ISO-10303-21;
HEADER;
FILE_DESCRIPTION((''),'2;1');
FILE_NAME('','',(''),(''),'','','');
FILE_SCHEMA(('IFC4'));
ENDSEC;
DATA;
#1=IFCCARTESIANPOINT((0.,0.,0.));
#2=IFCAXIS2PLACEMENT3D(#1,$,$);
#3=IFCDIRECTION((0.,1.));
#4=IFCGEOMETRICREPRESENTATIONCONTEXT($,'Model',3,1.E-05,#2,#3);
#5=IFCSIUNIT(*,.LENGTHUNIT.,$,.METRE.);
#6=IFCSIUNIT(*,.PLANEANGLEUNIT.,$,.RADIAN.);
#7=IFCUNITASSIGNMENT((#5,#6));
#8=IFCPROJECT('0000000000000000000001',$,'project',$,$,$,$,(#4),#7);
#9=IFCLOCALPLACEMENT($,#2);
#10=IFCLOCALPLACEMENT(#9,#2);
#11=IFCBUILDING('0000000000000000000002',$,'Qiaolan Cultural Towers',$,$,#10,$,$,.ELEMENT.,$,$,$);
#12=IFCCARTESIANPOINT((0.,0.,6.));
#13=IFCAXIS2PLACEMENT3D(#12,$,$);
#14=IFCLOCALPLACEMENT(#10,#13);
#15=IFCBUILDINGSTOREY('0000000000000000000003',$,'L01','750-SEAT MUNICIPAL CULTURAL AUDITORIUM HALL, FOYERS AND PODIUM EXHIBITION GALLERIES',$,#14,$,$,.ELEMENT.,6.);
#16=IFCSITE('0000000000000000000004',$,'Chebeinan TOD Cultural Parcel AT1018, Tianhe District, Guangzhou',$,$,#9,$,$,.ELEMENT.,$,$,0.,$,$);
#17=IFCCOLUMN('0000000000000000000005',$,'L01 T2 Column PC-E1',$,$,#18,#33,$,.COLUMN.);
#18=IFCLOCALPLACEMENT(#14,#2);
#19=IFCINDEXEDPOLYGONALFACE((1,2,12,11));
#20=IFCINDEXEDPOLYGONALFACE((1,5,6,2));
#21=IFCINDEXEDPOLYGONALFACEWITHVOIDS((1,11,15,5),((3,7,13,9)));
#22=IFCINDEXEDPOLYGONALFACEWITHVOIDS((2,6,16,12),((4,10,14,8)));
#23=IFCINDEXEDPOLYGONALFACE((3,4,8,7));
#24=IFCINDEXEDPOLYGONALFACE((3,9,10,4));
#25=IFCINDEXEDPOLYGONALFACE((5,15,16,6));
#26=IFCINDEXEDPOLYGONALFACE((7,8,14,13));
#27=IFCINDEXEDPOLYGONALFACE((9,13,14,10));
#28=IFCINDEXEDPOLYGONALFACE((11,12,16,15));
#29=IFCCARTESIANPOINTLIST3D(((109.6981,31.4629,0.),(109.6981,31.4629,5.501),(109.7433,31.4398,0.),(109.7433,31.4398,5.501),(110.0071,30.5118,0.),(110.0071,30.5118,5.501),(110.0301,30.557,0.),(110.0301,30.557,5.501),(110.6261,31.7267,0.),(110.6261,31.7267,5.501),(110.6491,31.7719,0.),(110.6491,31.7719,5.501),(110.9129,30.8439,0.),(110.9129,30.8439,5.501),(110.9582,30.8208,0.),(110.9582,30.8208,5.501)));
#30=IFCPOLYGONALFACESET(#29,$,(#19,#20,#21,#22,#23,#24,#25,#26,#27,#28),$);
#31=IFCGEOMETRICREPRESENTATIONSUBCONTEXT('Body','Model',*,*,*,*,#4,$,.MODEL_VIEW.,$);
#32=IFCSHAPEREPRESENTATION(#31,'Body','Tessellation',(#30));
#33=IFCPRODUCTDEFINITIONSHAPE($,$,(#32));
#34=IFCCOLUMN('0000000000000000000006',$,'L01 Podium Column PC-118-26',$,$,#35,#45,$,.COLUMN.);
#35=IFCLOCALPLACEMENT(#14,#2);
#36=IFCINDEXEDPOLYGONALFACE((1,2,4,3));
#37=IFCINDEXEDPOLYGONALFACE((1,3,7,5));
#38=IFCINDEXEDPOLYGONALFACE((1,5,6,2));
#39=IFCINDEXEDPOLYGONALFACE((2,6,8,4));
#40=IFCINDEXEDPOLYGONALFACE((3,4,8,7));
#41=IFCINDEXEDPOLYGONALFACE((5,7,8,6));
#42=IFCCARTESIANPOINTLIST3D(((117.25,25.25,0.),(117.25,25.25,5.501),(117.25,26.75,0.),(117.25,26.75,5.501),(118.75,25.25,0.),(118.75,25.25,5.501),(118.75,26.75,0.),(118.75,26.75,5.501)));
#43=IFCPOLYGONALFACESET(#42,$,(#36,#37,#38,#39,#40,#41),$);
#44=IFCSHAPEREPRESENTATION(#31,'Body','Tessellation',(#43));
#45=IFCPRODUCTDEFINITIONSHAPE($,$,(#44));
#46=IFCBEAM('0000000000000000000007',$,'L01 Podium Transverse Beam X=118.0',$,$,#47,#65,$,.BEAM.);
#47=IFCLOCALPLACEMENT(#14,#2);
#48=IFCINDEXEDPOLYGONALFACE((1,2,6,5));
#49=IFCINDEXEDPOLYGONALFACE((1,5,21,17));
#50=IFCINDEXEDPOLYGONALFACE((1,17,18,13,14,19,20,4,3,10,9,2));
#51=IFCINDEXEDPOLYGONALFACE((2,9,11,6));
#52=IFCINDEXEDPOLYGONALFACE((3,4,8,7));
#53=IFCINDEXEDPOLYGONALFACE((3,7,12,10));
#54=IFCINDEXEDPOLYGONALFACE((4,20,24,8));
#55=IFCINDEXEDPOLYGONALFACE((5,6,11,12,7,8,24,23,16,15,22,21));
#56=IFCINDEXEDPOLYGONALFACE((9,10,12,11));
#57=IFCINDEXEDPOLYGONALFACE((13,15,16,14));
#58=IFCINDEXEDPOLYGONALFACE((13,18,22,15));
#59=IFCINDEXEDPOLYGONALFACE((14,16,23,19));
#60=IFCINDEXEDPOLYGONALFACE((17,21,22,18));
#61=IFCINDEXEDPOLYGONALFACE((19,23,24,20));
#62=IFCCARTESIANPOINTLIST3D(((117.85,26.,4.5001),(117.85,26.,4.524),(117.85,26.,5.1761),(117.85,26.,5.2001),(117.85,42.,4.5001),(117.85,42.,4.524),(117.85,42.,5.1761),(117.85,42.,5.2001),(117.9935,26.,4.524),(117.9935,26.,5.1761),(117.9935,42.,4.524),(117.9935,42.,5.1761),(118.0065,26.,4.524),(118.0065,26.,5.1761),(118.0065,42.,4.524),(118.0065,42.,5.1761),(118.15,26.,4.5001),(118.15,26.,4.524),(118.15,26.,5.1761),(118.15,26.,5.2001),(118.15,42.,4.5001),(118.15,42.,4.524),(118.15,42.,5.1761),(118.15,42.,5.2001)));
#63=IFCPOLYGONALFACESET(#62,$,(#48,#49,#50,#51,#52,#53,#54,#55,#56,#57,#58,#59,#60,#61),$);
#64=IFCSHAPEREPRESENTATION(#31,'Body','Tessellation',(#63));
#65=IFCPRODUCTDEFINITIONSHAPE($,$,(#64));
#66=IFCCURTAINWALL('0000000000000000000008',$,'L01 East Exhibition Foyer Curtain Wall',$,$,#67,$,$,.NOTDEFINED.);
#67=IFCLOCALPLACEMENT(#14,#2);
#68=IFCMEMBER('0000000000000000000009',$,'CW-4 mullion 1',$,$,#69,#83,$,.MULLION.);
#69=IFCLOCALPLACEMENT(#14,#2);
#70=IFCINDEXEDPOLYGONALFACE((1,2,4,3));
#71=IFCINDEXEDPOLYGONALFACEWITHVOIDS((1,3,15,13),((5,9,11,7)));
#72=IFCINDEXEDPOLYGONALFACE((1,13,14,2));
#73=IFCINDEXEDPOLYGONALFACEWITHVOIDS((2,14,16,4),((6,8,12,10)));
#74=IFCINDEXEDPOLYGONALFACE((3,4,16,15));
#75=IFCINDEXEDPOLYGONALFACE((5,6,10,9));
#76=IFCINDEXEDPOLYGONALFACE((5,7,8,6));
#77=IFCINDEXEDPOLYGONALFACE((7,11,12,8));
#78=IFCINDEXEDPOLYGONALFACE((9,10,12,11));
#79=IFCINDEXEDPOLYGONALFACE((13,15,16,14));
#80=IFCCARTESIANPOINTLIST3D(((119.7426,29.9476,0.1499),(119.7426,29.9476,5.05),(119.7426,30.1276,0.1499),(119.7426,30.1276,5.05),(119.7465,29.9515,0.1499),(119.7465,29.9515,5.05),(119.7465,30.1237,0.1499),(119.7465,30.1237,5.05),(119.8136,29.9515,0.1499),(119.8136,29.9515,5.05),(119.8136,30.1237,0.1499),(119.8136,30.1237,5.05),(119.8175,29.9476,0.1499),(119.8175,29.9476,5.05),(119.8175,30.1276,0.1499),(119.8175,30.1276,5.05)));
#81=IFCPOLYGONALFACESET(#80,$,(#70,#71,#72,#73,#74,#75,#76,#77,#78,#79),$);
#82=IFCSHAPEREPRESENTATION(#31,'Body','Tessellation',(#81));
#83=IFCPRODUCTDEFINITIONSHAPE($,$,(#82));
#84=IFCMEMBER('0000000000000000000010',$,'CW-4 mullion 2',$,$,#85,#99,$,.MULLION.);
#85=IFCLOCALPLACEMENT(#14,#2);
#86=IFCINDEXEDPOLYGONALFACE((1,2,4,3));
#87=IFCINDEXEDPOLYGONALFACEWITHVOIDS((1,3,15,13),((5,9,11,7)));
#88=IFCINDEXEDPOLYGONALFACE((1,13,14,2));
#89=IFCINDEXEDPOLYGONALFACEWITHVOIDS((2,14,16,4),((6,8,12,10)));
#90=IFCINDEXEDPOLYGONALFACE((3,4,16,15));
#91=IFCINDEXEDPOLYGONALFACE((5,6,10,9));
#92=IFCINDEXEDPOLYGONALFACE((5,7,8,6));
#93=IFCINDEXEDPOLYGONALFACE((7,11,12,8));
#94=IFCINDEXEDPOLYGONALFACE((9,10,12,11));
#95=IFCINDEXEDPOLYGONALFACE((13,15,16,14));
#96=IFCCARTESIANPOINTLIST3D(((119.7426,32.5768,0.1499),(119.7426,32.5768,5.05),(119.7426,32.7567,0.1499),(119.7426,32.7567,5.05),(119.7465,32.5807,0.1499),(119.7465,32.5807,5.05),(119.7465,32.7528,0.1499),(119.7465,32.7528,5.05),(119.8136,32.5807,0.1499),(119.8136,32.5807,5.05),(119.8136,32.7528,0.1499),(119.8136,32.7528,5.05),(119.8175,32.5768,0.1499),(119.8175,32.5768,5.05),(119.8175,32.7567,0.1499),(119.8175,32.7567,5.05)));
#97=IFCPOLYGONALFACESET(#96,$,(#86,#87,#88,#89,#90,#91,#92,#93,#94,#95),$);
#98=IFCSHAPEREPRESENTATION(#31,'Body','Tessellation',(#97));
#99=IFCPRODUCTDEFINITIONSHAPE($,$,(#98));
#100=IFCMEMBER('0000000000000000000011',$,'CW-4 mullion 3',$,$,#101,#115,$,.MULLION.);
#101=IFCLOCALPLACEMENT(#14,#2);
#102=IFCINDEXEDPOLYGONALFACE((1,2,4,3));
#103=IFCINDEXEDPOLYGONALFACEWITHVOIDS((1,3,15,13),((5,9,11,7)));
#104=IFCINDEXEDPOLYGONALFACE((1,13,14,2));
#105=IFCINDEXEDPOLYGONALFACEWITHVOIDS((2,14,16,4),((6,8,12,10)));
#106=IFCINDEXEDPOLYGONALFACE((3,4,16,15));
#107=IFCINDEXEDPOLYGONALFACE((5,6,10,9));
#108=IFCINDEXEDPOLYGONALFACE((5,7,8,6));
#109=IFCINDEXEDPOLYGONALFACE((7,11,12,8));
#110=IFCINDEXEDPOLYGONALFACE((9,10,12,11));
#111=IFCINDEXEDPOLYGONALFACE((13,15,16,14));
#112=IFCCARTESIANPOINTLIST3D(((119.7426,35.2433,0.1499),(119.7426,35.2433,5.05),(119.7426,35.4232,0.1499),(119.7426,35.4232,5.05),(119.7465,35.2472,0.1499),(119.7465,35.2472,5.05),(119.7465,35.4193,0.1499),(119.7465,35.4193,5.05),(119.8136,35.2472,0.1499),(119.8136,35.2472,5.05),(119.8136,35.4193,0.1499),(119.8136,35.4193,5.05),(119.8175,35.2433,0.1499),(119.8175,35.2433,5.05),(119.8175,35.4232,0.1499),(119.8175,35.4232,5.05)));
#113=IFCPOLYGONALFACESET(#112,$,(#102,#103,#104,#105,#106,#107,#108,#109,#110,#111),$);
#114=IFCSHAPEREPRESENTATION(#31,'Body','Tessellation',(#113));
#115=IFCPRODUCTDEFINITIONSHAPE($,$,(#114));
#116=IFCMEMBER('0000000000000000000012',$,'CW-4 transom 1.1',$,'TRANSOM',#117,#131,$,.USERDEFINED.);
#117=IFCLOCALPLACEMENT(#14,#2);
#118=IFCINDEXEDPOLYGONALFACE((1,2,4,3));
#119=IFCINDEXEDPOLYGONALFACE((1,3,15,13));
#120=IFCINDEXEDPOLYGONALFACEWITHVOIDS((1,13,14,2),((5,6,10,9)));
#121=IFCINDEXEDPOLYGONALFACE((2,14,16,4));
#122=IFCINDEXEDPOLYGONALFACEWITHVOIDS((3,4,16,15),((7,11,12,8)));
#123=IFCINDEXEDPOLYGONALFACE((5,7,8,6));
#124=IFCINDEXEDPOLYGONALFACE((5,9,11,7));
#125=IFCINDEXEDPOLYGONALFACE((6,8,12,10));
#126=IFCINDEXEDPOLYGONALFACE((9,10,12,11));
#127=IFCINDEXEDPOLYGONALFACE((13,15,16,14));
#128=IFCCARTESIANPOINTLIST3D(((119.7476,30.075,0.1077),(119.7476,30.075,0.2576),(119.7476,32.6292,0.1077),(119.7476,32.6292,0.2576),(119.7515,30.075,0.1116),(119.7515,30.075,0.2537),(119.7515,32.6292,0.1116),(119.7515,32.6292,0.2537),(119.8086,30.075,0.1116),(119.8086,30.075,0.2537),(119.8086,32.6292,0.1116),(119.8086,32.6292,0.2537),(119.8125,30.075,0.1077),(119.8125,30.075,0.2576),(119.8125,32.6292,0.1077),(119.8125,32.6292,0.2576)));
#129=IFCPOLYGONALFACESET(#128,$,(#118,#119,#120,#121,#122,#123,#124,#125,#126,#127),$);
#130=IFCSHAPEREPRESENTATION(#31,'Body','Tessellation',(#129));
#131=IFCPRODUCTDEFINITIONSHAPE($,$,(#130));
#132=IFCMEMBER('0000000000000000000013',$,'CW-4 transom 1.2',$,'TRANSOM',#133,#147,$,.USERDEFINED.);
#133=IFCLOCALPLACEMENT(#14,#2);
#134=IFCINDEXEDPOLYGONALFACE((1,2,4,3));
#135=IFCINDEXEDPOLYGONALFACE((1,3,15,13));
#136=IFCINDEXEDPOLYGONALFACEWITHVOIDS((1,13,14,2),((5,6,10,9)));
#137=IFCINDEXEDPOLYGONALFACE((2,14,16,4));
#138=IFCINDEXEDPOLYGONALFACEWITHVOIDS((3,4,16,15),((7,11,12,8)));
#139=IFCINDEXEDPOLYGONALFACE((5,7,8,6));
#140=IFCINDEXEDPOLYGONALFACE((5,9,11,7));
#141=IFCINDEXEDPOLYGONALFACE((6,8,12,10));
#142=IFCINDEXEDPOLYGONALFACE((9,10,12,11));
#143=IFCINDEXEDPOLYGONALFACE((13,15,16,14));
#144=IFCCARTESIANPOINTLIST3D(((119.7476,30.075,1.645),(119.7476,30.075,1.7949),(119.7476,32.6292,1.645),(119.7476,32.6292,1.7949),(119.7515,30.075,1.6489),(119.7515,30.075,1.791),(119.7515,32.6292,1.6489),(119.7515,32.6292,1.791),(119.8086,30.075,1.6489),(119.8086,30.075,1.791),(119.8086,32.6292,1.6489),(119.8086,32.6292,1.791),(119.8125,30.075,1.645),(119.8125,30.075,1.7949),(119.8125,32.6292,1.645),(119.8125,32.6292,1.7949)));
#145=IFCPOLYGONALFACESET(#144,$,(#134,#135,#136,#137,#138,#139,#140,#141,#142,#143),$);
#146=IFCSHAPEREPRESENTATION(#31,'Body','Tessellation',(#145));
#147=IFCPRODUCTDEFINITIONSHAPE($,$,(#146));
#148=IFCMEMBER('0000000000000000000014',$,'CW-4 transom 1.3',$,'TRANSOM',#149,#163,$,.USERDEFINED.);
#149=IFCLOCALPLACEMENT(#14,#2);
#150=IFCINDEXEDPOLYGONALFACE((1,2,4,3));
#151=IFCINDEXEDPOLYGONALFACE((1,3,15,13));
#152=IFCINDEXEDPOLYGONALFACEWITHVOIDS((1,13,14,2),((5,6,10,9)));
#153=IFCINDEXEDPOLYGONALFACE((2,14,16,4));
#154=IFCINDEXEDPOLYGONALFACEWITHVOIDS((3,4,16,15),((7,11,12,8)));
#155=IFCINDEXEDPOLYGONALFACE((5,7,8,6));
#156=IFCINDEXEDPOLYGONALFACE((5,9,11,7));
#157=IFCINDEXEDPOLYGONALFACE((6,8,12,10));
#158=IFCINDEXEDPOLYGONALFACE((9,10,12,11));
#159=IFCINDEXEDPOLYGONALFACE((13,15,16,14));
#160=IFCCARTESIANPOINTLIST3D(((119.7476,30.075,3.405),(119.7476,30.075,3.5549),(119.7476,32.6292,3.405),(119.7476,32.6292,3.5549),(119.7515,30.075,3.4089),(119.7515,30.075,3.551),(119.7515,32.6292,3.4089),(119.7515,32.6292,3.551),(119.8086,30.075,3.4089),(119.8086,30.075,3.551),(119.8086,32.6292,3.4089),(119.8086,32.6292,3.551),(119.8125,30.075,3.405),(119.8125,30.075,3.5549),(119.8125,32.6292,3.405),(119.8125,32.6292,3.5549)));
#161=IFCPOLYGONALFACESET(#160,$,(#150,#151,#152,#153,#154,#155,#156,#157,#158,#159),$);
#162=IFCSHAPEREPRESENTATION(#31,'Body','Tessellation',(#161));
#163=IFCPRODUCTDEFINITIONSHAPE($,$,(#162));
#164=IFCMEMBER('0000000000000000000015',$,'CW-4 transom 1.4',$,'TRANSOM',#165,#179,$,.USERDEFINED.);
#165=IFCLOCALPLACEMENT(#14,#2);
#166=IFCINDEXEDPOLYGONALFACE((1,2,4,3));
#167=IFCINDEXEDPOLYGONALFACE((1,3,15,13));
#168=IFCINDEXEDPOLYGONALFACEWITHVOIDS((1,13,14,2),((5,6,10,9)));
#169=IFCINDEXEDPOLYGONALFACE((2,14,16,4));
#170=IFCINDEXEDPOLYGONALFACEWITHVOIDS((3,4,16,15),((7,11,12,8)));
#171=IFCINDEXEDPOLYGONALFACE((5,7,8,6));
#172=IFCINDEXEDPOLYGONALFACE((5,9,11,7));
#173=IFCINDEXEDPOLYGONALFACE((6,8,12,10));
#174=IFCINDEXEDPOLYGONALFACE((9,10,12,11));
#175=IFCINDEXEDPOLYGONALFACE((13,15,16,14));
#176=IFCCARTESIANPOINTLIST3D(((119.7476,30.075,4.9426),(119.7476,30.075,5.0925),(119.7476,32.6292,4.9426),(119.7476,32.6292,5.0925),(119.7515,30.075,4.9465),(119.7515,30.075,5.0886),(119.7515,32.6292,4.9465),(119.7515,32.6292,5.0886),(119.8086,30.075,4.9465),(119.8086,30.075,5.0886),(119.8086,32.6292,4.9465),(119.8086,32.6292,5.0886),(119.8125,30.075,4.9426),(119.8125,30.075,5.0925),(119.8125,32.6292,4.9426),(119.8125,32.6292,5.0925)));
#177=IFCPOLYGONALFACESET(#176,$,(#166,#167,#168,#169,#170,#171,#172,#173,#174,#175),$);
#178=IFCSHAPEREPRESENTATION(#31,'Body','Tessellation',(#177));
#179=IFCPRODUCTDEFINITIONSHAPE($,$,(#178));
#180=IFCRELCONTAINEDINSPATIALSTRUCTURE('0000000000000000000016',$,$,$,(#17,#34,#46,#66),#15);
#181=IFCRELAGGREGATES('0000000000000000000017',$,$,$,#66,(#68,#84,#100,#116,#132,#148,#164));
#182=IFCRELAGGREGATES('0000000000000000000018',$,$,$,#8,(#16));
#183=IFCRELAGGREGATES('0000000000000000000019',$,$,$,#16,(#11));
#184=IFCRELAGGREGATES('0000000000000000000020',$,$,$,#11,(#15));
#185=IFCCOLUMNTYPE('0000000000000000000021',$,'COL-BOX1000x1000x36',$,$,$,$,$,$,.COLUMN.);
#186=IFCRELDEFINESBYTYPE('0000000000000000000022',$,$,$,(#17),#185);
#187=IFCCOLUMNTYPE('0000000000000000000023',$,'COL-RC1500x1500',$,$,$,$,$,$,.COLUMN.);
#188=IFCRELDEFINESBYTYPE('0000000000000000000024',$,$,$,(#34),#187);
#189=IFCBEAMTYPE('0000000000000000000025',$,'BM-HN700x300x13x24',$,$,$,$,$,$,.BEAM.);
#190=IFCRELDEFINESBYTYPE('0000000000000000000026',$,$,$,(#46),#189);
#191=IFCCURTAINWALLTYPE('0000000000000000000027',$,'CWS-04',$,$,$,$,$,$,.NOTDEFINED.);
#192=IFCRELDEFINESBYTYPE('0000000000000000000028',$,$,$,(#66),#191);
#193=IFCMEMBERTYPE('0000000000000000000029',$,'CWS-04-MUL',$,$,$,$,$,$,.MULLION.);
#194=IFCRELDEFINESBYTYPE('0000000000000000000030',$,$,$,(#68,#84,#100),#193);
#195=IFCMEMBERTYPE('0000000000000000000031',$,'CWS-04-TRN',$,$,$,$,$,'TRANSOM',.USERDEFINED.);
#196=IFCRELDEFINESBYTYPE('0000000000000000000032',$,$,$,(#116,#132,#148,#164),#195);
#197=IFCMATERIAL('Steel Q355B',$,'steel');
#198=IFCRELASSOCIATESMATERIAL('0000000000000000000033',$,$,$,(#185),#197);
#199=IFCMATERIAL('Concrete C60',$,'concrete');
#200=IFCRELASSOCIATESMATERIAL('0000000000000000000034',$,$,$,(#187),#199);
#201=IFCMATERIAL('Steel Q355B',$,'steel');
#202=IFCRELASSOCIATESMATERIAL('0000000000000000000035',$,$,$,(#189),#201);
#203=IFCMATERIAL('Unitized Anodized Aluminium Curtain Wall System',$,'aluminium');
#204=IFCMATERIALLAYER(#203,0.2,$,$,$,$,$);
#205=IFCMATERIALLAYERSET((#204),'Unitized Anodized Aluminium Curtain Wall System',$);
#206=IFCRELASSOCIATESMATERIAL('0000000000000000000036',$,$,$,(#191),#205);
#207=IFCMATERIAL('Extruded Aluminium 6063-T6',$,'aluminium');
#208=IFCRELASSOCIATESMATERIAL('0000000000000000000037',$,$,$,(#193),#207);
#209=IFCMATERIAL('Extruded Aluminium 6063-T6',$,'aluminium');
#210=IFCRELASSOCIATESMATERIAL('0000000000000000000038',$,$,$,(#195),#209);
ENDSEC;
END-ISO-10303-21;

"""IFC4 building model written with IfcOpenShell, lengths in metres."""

from ifc_helpers import new_model, si_unit, direction, frame, origin, origin_2d, place, context, subcontext, project, spatial, rectangle, hollow_rectangle, i_section, extrude, material, layer, layer_set, material_profile, profile_set, type_object, element, aggregate, save


model = new_model("IFC4")

# Units and contexts
model_context = context("Model", 3, precision=1e-05, world=origin(), true_north=direction((0.0, 1.0)))
body_context = subcontext(model_context, "Body", "Model", "MODEL_VIEW")
ifc_project = project(units=[si_unit("LENGTHUNIT", "METRE"), si_unit("PLANEANGLEUNIT", "RADIAN")], contexts=[model_context])

# Site, building, storey
site_placement = place(None, origin())
site = spatial("IfcSite", under=ifc_project, at=site_placement, Name="Chebeinan TOD Cultural Parcel AT1018, Tianhe District, Guangzhou", CompositionType="ELEMENT", RefElevation=0.0)
building_placement = place(site_placement, origin())
building = spatial("IfcBuilding", under=site, at=building_placement, Name="Qiaolan Cultural Towers", CompositionType="ELEMENT")
storey_placement = place(building_placement, frame((0.0, 0.0, 6.0)))
storey = spatial("IfcBuildingStorey", under=building, at=storey_placement, Name="L01", Description="750-SEAT MUNICIPAL CULTURAL AUDITORIUM HALL, FOYERS AND PODIUM EXHIBITION GALLERIES", CompositionType="ELEMENT", Elevation=6.0)

# Columns
ifc_material_1 = material(Name="Steel Q355B", Category="steel")
ifc_material_profile_1 = material_profile(ifc_material_1, hollow_rectangle(XDim=1.0, YDim=1.0, WallThickness=0.0359, at=origin_2d()), Name="BOX1000x1000x36")
ifc_profile_set_1 = profile_set([ifc_material_profile_1], Name="Steel Q355B")
column_type_1 = type_object("IfcColumnType", Name="COL-BOX1000x1000x36", PredefinedType="COLUMN", material=ifc_profile_set_1)
column_1_placement = place(storey_placement, frame((110.3281, 31.1418, 0.0), z_axis=(0.0, 0.0, 1.0), x_axis=(0.951057, 0.309017, 0.0)))
element("IfcColumn", 1, at=column_1_placement, inside=storey, type_object=column_type_1, Name="L01 T2 Column PC-E1", PredefinedType="COLUMN", context=body_context, shape_type="SweptSolid", body=[
    extrude(hollow_rectangle(XDim=1.0, YDim=1.0, WallThickness=0.0359, at=origin_2d()), origin(), (0.0, 0.0, 1.0), 5.501),
])
ifc_material_2 = material(Name="Concrete C60", Category="concrete")
ifc_material_profile_2 = material_profile(ifc_material_2, rectangle(XDim=1.5, YDim=1.5, at=origin_2d()), Name="RC1500x1500")
ifc_profile_set_2 = profile_set([ifc_material_profile_2], Name="Concrete C60")
column_type_2 = type_object("IfcColumnType", Name="COL-RC1500x1500", PredefinedType="COLUMN", material=ifc_profile_set_2)
column_2_placement = place(storey_placement, frame((118.0, 26.0, 0.0), z_axis=(0.0, 0.0, 1.0), x_axis=(1.0, 0.0, 0.0)))
element("IfcColumn", 2, at=column_2_placement, inside=storey, type_object=column_type_2, Name="L01 Podium Column PC-118-26", PredefinedType="COLUMN", context=body_context, shape_type="SweptSolid", body=[
    extrude(rectangle(XDim=1.5, YDim=1.5, at=origin_2d()), origin(), (0.0, 0.0, 1.0), 5.501),
])

# Beam
ifc_material_3 = material(Name="Steel Q355B", Category="steel")
ifc_material_profile_3 = material_profile(ifc_material_3, i_section(OverallWidth=0.3, OverallDepth=0.7, WebThickness=0.0129, FlangeThickness=0.0239, at=origin_2d()), Name="HN700x300x13x24")
ifc_profile_set_3 = profile_set([ifc_material_profile_3], Name="Steel Q355B")
beam_type = type_object("IfcBeamType", Name="BM-HN700x300x13x24", PredefinedType="BEAM", material=ifc_profile_set_3)
beam_placement = place(storey_placement, frame((118.0, 26.0, 4.8501), z_axis=(0.0, 1.0, 0.0), x_axis=(-1.0, 0.0, 0.0)))
element("IfcBeam", 3, at=beam_placement, inside=storey, type_object=beam_type, Name="L01 Podium Transverse Beam X=118.0", PredefinedType="BEAM", context=body_context, shape_type="SweptSolid", body=[
    extrude(i_section(OverallWidth=0.3, OverallDepth=0.7, WebThickness=0.0129, FlangeThickness=0.0239, at=origin_2d()), origin(), (0.0, 0.0, 1.0), 16.0),
])

# Curtain wall, members
ifc_material_4 = material(Name="Unitized Anodized Aluminium Curtain Wall System", Category="aluminium")
ifc_layer_1 = layer(ifc_material_4, 0.2)
ifc_layer_set_1 = layer_set([ifc_layer_1], Name="Unitized Anodized Aluminium Curtain Wall System")
curtain_wall_type = type_object("IfcCurtainWallType", Name="CWS-04", PredefinedType="NOTDEFINED", material=ifc_layer_set_1)
curtain_wall_placement = place(storey_placement, origin())
curtain_wall = element("IfcCurtainWall", 4, at=curtain_wall_placement, inside=storey, type_object=curtain_wall_type, Name="L01 East Exhibition Foyer Curtain Wall", PredefinedType="NOTDEFINED")
ifc_material_5 = material(Name="Extruded Aluminium 6063-T6", Category="aluminium")
ifc_material_profile_4 = material_profile(ifc_material_5, hollow_rectangle(XDim=0.075, YDim=0.1799, WallThickness=0.0039, at=origin_2d()), Name="CWM-180x75x4")
ifc_profile_set_4 = profile_set([ifc_material_profile_4], Name="Extruded Aluminium 6063-T6")
member_type_1 = type_object("IfcMemberType", Name="CWS-04-MUL", PredefinedType="MULLION", material=ifc_profile_set_4)
member_1_placement = place(storey_placement, frame((119.78, 30.0376, 0.1499), z_axis=(0.0, 0.0, 1.0), x_axis=(-1.0, 0.0, 0.0)))
member_1 = element("IfcMember", 5, at=member_1_placement, type_object=member_type_1, Name="CW-4 mullion 1", PredefinedType="MULLION", context=body_context, shape_type="SweptSolid", body=[
    extrude(hollow_rectangle(XDim=0.075, YDim=0.1799, WallThickness=0.0039, at=origin_2d()), origin(), (0.0, 0.0, 1.0), 4.9001),
])
member_2_placement = place(storey_placement, frame((119.78, 32.6667, 0.1499), z_axis=(0.0, 0.0, 1.0), x_axis=(-1.0, 0.0, 0.0)))
member_2 = element("IfcMember", 6, at=member_2_placement, type_object=member_type_1, Name="CW-4 mullion 2", PredefinedType="MULLION", context=body_context, shape_type="SweptSolid", body=[
    extrude(hollow_rectangle(XDim=0.075, YDim=0.1799, WallThickness=0.0039, at=origin_2d()), origin(), (0.0, 0.0, 1.0), 4.9001),
])
member_3_placement = place(storey_placement, frame((119.78, 35.3333, 0.1499), z_axis=(0.0, 0.0, 1.0), x_axis=(-1.0, 0.0, 0.0)))
member_3 = element("IfcMember", 7, at=member_3_placement, type_object=member_type_1, Name="CW-4 mullion 3", PredefinedType="MULLION", context=body_context, shape_type="SweptSolid", body=[
    extrude(hollow_rectangle(XDim=0.075, YDim=0.1799, WallThickness=0.0039, at=origin_2d()), origin(), (0.0, 0.0, 1.0), 4.9001),
])
ifc_material_6 = material(Name="Extruded Aluminium 6063-T6", Category="aluminium")
ifc_material_profile_5 = material_profile(ifc_material_6, hollow_rectangle(XDim=0.0649, YDim=0.1499, WallThickness=0.0039, at=origin_2d()), Name="CWT-150x65x4")
ifc_profile_set_5 = profile_set([ifc_material_profile_5], Name="Extruded Aluminium 6063-T6")
member_type_2 = type_object("IfcMemberType", Name="CWS-04-TRN", ElementType="TRANSOM", PredefinedType="USERDEFINED", material=ifc_profile_set_5)
member_4_placement = place(storey_placement, frame((119.78, 30.075, 0.1826), z_axis=(0.0, 1.0, 0.0), x_axis=(-1.0, 0.0, 0.0)))
member_4 = element("IfcMember", 8, at=member_4_placement, type_object=member_type_2, Name="CW-4 transom 1.1", ObjectType="TRANSOM", PredefinedType="USERDEFINED", context=body_context, shape_type="SweptSolid", body=[
    extrude(hollow_rectangle(XDim=0.0649, YDim=0.1499, WallThickness=0.0039, at=origin_2d()), origin(), (0.0, 0.0, 1.0), 2.5542),
])
member_5_placement = place(storey_placement, frame((119.78, 30.075, 1.72), z_axis=(0.0, 1.0, 0.0), x_axis=(-1.0, 0.0, 0.0)))
member_5 = element("IfcMember", 9, at=member_5_placement, type_object=member_type_2, Name="CW-4 transom 1.2", ObjectType="TRANSOM", PredefinedType="USERDEFINED", context=body_context, shape_type="SweptSolid", body=[
    extrude(hollow_rectangle(XDim=0.0649, YDim=0.1499, WallThickness=0.0039, at=origin_2d()), origin(), (0.0, 0.0, 1.0), 2.5542),
])
member_6_placement = place(storey_placement, frame((119.78, 30.075, 3.48), z_axis=(0.0, 1.0, 0.0), x_axis=(-1.0, 0.0, 0.0)))
member_6 = element("IfcMember", 10, at=member_6_placement, type_object=member_type_2, Name="CW-4 transom 1.3", ObjectType="TRANSOM", PredefinedType="USERDEFINED", context=body_context, shape_type="SweptSolid", body=[
    extrude(hollow_rectangle(XDim=0.0649, YDim=0.1499, WallThickness=0.0039, at=origin_2d()), origin(), (0.0, 0.0, 1.0), 2.5542),
])
member_7_placement = place(storey_placement, frame((119.78, 30.075, 5.0176), z_axis=(0.0, 1.0, 0.0), x_axis=(-1.0, 0.0, 0.0)))
member_7 = element("IfcMember", 11, at=member_7_placement, type_object=member_type_2, Name="CW-4 transom 1.4", ObjectType="TRANSOM", PredefinedType="USERDEFINED", context=body_context, shape_type="SweptSolid", body=[
    extrude(hollow_rectangle(XDim=0.0649, YDim=0.1499, WallThickness=0.0039, at=origin_2d()), origin(), (0.0, 0.0, 1.0), 2.5542),
])
aggregate(curtain_wall, [member_1, member_2, member_3, member_4, member_5, member_6, member_7])

save(model, "model.ifc")
